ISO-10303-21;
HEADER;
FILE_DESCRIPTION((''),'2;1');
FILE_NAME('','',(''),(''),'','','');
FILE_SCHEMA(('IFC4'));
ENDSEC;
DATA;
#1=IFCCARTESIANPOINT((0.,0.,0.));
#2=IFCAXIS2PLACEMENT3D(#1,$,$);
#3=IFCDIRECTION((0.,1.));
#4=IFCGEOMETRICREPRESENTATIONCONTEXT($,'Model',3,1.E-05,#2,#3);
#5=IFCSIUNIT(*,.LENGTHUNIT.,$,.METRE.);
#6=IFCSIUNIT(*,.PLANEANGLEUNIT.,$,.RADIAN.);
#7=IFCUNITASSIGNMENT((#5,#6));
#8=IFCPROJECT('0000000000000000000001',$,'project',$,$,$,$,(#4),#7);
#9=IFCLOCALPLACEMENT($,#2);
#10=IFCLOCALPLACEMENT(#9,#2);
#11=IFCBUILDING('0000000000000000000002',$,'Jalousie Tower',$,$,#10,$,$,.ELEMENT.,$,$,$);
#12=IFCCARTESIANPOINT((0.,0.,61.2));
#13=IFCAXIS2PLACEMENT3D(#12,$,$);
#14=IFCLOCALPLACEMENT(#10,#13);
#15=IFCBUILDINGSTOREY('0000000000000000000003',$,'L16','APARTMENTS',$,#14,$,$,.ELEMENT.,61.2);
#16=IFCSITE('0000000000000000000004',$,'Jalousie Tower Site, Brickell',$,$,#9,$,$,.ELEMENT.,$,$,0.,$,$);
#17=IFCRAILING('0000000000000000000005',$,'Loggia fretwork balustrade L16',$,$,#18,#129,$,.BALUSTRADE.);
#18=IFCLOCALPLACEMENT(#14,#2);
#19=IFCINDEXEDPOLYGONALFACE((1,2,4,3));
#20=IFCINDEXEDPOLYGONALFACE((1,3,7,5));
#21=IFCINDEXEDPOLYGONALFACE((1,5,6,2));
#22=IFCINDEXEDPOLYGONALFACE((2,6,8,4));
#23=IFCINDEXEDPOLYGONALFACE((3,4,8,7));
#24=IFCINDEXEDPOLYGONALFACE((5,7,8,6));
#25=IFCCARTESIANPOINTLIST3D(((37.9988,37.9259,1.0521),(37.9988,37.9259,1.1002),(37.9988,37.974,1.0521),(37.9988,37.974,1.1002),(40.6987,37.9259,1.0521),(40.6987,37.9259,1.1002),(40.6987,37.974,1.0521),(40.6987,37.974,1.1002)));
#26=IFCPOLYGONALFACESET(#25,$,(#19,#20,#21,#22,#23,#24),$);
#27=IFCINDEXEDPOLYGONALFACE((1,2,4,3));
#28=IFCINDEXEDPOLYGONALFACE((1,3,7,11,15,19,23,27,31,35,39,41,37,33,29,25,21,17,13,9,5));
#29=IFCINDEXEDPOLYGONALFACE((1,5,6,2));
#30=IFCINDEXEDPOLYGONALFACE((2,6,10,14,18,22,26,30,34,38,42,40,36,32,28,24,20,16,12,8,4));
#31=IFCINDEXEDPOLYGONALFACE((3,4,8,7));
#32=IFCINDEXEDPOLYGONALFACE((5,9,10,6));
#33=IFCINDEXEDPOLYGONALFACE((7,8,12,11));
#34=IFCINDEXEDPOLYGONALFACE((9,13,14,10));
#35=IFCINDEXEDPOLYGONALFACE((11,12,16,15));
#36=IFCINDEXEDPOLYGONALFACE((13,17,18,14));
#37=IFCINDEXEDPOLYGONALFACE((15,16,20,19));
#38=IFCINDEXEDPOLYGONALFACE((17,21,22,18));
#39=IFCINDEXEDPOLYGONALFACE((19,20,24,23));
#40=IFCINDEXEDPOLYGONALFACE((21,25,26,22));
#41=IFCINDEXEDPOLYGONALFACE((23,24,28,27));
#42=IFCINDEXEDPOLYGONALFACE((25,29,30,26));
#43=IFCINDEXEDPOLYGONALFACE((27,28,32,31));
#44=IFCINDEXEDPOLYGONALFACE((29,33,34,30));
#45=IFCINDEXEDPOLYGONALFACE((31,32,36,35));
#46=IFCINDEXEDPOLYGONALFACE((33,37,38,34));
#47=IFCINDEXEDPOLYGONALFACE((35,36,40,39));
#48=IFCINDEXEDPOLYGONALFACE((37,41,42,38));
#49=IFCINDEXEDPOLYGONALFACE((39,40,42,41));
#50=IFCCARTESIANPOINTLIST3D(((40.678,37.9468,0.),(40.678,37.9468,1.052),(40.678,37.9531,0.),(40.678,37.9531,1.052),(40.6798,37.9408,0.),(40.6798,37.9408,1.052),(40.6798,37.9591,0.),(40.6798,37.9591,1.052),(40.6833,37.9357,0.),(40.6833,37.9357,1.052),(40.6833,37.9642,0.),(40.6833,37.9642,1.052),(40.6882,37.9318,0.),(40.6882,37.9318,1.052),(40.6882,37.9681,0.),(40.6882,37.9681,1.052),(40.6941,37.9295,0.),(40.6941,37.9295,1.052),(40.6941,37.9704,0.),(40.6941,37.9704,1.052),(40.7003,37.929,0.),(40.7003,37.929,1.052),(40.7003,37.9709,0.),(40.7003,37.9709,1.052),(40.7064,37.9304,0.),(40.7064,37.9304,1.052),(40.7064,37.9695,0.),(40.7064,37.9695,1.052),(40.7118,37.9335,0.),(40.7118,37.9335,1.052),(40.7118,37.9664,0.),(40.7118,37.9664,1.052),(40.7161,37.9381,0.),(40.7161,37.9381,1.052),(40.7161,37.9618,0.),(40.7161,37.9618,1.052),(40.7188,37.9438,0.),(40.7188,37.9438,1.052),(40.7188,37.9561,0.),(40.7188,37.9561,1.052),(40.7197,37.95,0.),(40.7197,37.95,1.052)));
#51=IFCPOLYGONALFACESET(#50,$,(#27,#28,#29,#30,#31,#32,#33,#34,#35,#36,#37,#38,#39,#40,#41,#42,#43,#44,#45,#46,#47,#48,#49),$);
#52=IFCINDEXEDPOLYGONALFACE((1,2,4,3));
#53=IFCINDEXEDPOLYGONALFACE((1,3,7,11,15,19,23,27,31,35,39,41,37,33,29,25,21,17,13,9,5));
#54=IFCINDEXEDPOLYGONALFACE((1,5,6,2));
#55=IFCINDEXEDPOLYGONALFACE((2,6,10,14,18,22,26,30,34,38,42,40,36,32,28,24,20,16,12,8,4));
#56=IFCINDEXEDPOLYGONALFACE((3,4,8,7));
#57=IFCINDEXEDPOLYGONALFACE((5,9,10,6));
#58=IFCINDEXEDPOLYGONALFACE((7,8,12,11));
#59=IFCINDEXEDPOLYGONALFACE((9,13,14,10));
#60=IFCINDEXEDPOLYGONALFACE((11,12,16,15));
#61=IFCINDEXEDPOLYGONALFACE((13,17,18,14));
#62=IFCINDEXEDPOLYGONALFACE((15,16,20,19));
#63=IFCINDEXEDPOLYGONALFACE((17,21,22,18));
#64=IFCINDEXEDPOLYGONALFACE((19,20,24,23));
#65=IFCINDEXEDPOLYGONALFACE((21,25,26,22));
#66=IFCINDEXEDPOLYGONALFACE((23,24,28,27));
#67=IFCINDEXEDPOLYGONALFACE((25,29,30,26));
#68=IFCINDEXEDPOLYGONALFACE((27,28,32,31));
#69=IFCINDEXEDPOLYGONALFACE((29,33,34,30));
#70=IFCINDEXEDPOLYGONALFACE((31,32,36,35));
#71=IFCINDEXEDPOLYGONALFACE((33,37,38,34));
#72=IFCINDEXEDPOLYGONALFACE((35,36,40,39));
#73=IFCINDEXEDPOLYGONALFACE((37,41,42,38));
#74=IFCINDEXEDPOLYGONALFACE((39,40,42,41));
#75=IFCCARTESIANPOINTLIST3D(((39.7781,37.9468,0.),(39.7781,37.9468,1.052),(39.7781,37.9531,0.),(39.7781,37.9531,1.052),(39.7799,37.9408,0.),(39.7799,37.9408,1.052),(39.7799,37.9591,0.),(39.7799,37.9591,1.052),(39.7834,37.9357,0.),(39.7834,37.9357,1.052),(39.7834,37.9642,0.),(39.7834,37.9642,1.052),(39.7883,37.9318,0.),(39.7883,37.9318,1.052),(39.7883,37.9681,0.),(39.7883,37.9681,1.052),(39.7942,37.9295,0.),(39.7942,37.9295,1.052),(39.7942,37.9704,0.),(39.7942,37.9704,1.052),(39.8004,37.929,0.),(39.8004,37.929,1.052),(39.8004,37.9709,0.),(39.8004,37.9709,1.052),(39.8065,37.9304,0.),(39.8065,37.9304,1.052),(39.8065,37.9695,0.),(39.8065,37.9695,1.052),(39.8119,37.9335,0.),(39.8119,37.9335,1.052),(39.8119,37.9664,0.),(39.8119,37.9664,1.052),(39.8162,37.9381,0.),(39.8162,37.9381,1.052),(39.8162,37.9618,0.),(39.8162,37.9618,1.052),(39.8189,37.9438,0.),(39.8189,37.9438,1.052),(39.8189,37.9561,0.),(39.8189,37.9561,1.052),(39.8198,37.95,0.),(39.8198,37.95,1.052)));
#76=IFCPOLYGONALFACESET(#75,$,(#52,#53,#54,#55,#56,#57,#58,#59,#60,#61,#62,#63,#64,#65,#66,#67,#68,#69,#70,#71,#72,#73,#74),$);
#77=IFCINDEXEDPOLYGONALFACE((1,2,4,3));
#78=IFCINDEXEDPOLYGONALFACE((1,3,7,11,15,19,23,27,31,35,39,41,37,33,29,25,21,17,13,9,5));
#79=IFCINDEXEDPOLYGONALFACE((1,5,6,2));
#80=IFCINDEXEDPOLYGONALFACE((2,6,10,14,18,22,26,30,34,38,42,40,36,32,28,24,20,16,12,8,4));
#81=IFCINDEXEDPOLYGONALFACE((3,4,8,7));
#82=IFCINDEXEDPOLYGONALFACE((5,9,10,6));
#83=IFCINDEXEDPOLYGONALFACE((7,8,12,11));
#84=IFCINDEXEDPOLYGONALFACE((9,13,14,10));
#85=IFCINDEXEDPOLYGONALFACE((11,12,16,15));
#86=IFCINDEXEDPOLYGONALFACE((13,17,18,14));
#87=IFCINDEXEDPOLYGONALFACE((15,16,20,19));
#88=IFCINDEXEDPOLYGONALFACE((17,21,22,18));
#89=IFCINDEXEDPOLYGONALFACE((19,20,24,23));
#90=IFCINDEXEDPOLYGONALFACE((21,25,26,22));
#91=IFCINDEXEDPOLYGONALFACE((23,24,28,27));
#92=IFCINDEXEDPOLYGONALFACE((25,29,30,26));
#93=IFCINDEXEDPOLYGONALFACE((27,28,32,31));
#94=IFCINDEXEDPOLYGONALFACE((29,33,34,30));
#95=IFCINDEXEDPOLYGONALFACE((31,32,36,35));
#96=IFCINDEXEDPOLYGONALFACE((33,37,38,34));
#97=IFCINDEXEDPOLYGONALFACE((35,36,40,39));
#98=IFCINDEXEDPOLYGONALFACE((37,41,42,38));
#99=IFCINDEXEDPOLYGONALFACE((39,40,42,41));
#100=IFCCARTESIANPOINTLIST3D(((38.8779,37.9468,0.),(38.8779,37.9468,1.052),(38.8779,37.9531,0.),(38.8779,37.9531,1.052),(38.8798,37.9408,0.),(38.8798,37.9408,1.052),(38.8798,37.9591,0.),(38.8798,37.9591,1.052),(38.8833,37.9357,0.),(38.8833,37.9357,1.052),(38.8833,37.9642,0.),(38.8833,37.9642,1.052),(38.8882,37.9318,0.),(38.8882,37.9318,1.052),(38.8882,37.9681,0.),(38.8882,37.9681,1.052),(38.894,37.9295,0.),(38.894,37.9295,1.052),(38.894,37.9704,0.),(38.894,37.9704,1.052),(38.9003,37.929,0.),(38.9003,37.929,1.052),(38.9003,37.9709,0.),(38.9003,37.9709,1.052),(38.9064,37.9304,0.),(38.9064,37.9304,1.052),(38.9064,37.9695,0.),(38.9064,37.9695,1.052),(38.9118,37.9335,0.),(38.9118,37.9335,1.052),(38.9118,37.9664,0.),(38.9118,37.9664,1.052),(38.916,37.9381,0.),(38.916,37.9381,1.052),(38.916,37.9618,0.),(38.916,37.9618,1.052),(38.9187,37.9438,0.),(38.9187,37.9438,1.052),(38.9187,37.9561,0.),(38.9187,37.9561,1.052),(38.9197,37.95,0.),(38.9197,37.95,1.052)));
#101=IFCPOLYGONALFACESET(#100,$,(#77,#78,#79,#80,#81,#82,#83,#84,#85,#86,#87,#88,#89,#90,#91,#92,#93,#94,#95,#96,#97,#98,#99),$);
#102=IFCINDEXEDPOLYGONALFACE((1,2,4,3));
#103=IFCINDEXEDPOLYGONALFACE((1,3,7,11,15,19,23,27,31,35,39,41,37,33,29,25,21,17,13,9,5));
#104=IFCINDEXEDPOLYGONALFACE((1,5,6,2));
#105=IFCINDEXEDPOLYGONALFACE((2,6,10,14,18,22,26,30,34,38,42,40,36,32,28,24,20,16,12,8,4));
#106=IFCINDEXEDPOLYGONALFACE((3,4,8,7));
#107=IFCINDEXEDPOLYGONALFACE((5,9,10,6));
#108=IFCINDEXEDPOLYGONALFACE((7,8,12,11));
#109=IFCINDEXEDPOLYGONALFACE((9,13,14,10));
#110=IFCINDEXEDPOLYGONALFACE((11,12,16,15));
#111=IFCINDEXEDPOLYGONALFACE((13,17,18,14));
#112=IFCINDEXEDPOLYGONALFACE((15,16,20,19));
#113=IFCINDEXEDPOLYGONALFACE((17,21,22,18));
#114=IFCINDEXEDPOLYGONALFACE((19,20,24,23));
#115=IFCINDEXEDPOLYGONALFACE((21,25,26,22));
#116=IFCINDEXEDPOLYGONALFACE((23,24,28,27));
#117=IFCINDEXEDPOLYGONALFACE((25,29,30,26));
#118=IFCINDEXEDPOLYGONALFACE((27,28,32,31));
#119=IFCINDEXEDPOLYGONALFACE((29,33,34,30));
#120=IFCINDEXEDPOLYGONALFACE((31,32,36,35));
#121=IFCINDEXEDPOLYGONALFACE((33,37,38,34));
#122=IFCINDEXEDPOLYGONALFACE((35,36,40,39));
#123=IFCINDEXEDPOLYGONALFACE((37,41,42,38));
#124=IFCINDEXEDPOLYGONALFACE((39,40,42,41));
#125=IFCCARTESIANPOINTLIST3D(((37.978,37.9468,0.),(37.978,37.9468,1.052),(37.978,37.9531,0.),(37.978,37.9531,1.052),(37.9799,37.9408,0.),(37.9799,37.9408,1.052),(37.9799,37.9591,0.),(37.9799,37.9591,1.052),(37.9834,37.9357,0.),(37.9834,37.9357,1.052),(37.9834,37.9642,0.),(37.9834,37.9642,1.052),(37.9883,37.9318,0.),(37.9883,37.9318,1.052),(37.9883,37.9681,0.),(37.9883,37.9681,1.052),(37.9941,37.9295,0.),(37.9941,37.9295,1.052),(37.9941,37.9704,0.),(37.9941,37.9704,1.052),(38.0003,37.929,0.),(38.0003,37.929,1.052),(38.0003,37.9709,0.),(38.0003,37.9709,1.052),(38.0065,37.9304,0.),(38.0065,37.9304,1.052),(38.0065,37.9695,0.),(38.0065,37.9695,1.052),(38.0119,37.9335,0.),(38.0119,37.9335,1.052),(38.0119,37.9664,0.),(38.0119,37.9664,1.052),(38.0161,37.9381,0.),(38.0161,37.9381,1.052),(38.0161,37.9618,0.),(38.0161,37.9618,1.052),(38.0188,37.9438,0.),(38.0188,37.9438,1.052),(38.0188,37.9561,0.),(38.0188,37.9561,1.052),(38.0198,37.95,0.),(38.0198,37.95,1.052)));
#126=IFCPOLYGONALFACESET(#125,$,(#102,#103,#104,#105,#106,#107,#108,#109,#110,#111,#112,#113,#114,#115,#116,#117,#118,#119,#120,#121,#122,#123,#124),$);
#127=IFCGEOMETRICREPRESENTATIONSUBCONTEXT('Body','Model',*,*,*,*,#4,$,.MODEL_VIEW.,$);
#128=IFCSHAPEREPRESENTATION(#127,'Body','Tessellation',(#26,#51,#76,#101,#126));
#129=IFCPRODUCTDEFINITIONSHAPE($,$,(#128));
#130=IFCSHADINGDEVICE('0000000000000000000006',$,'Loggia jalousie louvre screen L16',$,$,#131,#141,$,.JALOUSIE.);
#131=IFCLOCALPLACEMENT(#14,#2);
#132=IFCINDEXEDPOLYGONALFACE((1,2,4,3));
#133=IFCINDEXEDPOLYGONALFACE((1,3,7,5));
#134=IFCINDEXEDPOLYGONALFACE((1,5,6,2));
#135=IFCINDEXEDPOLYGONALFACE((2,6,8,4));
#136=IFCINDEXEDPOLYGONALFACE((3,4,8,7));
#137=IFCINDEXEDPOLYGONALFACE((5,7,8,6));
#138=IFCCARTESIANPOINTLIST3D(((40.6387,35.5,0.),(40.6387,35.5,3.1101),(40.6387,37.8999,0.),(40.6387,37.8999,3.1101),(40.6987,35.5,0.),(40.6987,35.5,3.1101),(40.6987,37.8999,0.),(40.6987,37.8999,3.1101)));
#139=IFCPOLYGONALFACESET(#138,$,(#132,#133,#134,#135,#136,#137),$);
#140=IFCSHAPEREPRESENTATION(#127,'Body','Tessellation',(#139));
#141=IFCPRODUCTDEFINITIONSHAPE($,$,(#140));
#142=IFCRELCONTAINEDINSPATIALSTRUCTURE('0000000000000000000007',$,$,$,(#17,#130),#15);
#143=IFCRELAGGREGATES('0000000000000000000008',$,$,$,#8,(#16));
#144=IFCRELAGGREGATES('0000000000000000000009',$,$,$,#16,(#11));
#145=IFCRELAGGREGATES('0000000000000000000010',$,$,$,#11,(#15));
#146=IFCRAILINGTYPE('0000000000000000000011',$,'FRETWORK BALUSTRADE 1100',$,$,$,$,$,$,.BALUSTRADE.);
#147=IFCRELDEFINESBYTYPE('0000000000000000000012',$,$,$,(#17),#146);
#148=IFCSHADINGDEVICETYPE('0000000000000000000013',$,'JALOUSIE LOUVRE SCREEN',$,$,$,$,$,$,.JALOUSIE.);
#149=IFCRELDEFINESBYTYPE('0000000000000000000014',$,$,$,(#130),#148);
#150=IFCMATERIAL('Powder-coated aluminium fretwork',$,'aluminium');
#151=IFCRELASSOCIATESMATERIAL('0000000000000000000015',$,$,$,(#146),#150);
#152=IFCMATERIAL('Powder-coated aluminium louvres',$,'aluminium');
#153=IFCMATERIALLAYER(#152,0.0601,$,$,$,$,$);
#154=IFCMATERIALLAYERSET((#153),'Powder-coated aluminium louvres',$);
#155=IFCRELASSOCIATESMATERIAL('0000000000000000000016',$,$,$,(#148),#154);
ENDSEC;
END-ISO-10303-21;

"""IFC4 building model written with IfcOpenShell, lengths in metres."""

from ifc_helpers import new_model, si_unit, direction, frame, origin, origin_2d, place, context, subcontext, project, spatial, rectangle, circle, extrude, material, layer, layer_set, type_object, element, save


model = new_model("IFC4")

# Units and contexts
model_context = context("Model", 3, precision=1e-05, world=origin(), true_north=direction((0.0, 1.0)))
body_context = subcontext(model_context, "Body", "Model", "MODEL_VIEW")
ifc_project = project(units=[si_unit("LENGTHUNIT", "METRE"), si_unit("PLANEANGLEUNIT", "RADIAN")], contexts=[model_context])

# Site, building, storey
site_placement = place(None, origin())
site = spatial("IfcSite", under=ifc_project, at=site_placement, Name="Jalousie Tower Site, Brickell", CompositionType="ELEMENT", RefElevation=0.0)
building_placement = place(site_placement, origin())
building = spatial("IfcBuilding", under=site, at=building_placement, Name="Jalousie Tower", CompositionType="ELEMENT")
storey_placement = place(building_placement, frame((0.0, 0.0, 61.2)))
storey = spatial("IfcBuildingStorey", under=building, at=storey_placement, Name="L16", Description="APARTMENTS", CompositionType="ELEMENT", Elevation=61.2)

# Railing
ifc_material_1 = material(Name="Powder-coated aluminium fretwork", Category="aluminium")
railing_type = type_object("IfcRailingType", Name="FRETWORK BALUSTRADE 1100", PredefinedType="BALUSTRADE", material=ifc_material_1)
railing_placement = place(storey_placement, frame((40.6987, 37.95, 0.0)))
element("IfcRailing", 1, at=railing_placement, inside=storey, type_object=railing_type, Name="Loggia fretwork balustrade L16", PredefinedType="BALUSTRADE", context=body_context, shape_type="SweptSolid", body=[
    extrude(rectangle(XDim=0.0481, YDim=0.0481, at=origin_2d()), frame((0.0, 0.0, 1.0762), z_axis=(-1.0, 0.0, 0.0), x_axis=(0.0, -1.0, 0.0)), (0.0, 0.0, 1.0), 2.7),
    extrude(circle(Radius=0.021, at=origin_2d()), origin(), (0.0, 0.0, 1.0), 1.052),
    extrude(circle(Radius=0.021, at=origin_2d()), frame((-0.8999, 0.0, 0.0)), (0.0, 0.0, 1.0), 1.052),
    extrude(circle(Radius=0.021, at=origin_2d()), frame((-1.8, 0.0, 0.0)), (0.0, 0.0, 1.0), 1.052),
    extrude(circle(Radius=0.021, at=origin_2d()), frame((-2.7, 0.0, 0.0)), (0.0, 0.0, 1.0), 1.052),
])

# Shading device
ifc_material_2 = material(Name="Powder-coated aluminium louvres", Category="aluminium")
ifc_layer_1 = layer(ifc_material_2, 0.0601)
ifc_layer_set_1 = layer_set([ifc_layer_1], Name="Powder-coated aluminium louvres")
shading_device_type_1 = type_object("IfcShadingDeviceType", Name="JALOUSIE LOUVRE SCREEN", PredefinedType="JALOUSIE", material=ifc_layer_set_1)
shading_device_1_placement = place(storey_placement, frame((40.6687, 36.7, 0.0), z_axis=(0.0, 0.0, 1.0), x_axis=(-1.0, 0.0, 0.0)))
element("IfcShadingDevice", 2, at=shading_device_1_placement, inside=storey, type_object=shading_device_type_1, Name="Loggia jalousie louvre screen L16", PredefinedType="JALOUSIE", context=body_context, shape_type="SweptSolid", body=[
    extrude(rectangle(XDim=0.0601, YDim=2.3999, at=origin_2d()), origin(), (0.0, 0.0, 1.0), 3.1101),
])

save(model, "model.ifc")
